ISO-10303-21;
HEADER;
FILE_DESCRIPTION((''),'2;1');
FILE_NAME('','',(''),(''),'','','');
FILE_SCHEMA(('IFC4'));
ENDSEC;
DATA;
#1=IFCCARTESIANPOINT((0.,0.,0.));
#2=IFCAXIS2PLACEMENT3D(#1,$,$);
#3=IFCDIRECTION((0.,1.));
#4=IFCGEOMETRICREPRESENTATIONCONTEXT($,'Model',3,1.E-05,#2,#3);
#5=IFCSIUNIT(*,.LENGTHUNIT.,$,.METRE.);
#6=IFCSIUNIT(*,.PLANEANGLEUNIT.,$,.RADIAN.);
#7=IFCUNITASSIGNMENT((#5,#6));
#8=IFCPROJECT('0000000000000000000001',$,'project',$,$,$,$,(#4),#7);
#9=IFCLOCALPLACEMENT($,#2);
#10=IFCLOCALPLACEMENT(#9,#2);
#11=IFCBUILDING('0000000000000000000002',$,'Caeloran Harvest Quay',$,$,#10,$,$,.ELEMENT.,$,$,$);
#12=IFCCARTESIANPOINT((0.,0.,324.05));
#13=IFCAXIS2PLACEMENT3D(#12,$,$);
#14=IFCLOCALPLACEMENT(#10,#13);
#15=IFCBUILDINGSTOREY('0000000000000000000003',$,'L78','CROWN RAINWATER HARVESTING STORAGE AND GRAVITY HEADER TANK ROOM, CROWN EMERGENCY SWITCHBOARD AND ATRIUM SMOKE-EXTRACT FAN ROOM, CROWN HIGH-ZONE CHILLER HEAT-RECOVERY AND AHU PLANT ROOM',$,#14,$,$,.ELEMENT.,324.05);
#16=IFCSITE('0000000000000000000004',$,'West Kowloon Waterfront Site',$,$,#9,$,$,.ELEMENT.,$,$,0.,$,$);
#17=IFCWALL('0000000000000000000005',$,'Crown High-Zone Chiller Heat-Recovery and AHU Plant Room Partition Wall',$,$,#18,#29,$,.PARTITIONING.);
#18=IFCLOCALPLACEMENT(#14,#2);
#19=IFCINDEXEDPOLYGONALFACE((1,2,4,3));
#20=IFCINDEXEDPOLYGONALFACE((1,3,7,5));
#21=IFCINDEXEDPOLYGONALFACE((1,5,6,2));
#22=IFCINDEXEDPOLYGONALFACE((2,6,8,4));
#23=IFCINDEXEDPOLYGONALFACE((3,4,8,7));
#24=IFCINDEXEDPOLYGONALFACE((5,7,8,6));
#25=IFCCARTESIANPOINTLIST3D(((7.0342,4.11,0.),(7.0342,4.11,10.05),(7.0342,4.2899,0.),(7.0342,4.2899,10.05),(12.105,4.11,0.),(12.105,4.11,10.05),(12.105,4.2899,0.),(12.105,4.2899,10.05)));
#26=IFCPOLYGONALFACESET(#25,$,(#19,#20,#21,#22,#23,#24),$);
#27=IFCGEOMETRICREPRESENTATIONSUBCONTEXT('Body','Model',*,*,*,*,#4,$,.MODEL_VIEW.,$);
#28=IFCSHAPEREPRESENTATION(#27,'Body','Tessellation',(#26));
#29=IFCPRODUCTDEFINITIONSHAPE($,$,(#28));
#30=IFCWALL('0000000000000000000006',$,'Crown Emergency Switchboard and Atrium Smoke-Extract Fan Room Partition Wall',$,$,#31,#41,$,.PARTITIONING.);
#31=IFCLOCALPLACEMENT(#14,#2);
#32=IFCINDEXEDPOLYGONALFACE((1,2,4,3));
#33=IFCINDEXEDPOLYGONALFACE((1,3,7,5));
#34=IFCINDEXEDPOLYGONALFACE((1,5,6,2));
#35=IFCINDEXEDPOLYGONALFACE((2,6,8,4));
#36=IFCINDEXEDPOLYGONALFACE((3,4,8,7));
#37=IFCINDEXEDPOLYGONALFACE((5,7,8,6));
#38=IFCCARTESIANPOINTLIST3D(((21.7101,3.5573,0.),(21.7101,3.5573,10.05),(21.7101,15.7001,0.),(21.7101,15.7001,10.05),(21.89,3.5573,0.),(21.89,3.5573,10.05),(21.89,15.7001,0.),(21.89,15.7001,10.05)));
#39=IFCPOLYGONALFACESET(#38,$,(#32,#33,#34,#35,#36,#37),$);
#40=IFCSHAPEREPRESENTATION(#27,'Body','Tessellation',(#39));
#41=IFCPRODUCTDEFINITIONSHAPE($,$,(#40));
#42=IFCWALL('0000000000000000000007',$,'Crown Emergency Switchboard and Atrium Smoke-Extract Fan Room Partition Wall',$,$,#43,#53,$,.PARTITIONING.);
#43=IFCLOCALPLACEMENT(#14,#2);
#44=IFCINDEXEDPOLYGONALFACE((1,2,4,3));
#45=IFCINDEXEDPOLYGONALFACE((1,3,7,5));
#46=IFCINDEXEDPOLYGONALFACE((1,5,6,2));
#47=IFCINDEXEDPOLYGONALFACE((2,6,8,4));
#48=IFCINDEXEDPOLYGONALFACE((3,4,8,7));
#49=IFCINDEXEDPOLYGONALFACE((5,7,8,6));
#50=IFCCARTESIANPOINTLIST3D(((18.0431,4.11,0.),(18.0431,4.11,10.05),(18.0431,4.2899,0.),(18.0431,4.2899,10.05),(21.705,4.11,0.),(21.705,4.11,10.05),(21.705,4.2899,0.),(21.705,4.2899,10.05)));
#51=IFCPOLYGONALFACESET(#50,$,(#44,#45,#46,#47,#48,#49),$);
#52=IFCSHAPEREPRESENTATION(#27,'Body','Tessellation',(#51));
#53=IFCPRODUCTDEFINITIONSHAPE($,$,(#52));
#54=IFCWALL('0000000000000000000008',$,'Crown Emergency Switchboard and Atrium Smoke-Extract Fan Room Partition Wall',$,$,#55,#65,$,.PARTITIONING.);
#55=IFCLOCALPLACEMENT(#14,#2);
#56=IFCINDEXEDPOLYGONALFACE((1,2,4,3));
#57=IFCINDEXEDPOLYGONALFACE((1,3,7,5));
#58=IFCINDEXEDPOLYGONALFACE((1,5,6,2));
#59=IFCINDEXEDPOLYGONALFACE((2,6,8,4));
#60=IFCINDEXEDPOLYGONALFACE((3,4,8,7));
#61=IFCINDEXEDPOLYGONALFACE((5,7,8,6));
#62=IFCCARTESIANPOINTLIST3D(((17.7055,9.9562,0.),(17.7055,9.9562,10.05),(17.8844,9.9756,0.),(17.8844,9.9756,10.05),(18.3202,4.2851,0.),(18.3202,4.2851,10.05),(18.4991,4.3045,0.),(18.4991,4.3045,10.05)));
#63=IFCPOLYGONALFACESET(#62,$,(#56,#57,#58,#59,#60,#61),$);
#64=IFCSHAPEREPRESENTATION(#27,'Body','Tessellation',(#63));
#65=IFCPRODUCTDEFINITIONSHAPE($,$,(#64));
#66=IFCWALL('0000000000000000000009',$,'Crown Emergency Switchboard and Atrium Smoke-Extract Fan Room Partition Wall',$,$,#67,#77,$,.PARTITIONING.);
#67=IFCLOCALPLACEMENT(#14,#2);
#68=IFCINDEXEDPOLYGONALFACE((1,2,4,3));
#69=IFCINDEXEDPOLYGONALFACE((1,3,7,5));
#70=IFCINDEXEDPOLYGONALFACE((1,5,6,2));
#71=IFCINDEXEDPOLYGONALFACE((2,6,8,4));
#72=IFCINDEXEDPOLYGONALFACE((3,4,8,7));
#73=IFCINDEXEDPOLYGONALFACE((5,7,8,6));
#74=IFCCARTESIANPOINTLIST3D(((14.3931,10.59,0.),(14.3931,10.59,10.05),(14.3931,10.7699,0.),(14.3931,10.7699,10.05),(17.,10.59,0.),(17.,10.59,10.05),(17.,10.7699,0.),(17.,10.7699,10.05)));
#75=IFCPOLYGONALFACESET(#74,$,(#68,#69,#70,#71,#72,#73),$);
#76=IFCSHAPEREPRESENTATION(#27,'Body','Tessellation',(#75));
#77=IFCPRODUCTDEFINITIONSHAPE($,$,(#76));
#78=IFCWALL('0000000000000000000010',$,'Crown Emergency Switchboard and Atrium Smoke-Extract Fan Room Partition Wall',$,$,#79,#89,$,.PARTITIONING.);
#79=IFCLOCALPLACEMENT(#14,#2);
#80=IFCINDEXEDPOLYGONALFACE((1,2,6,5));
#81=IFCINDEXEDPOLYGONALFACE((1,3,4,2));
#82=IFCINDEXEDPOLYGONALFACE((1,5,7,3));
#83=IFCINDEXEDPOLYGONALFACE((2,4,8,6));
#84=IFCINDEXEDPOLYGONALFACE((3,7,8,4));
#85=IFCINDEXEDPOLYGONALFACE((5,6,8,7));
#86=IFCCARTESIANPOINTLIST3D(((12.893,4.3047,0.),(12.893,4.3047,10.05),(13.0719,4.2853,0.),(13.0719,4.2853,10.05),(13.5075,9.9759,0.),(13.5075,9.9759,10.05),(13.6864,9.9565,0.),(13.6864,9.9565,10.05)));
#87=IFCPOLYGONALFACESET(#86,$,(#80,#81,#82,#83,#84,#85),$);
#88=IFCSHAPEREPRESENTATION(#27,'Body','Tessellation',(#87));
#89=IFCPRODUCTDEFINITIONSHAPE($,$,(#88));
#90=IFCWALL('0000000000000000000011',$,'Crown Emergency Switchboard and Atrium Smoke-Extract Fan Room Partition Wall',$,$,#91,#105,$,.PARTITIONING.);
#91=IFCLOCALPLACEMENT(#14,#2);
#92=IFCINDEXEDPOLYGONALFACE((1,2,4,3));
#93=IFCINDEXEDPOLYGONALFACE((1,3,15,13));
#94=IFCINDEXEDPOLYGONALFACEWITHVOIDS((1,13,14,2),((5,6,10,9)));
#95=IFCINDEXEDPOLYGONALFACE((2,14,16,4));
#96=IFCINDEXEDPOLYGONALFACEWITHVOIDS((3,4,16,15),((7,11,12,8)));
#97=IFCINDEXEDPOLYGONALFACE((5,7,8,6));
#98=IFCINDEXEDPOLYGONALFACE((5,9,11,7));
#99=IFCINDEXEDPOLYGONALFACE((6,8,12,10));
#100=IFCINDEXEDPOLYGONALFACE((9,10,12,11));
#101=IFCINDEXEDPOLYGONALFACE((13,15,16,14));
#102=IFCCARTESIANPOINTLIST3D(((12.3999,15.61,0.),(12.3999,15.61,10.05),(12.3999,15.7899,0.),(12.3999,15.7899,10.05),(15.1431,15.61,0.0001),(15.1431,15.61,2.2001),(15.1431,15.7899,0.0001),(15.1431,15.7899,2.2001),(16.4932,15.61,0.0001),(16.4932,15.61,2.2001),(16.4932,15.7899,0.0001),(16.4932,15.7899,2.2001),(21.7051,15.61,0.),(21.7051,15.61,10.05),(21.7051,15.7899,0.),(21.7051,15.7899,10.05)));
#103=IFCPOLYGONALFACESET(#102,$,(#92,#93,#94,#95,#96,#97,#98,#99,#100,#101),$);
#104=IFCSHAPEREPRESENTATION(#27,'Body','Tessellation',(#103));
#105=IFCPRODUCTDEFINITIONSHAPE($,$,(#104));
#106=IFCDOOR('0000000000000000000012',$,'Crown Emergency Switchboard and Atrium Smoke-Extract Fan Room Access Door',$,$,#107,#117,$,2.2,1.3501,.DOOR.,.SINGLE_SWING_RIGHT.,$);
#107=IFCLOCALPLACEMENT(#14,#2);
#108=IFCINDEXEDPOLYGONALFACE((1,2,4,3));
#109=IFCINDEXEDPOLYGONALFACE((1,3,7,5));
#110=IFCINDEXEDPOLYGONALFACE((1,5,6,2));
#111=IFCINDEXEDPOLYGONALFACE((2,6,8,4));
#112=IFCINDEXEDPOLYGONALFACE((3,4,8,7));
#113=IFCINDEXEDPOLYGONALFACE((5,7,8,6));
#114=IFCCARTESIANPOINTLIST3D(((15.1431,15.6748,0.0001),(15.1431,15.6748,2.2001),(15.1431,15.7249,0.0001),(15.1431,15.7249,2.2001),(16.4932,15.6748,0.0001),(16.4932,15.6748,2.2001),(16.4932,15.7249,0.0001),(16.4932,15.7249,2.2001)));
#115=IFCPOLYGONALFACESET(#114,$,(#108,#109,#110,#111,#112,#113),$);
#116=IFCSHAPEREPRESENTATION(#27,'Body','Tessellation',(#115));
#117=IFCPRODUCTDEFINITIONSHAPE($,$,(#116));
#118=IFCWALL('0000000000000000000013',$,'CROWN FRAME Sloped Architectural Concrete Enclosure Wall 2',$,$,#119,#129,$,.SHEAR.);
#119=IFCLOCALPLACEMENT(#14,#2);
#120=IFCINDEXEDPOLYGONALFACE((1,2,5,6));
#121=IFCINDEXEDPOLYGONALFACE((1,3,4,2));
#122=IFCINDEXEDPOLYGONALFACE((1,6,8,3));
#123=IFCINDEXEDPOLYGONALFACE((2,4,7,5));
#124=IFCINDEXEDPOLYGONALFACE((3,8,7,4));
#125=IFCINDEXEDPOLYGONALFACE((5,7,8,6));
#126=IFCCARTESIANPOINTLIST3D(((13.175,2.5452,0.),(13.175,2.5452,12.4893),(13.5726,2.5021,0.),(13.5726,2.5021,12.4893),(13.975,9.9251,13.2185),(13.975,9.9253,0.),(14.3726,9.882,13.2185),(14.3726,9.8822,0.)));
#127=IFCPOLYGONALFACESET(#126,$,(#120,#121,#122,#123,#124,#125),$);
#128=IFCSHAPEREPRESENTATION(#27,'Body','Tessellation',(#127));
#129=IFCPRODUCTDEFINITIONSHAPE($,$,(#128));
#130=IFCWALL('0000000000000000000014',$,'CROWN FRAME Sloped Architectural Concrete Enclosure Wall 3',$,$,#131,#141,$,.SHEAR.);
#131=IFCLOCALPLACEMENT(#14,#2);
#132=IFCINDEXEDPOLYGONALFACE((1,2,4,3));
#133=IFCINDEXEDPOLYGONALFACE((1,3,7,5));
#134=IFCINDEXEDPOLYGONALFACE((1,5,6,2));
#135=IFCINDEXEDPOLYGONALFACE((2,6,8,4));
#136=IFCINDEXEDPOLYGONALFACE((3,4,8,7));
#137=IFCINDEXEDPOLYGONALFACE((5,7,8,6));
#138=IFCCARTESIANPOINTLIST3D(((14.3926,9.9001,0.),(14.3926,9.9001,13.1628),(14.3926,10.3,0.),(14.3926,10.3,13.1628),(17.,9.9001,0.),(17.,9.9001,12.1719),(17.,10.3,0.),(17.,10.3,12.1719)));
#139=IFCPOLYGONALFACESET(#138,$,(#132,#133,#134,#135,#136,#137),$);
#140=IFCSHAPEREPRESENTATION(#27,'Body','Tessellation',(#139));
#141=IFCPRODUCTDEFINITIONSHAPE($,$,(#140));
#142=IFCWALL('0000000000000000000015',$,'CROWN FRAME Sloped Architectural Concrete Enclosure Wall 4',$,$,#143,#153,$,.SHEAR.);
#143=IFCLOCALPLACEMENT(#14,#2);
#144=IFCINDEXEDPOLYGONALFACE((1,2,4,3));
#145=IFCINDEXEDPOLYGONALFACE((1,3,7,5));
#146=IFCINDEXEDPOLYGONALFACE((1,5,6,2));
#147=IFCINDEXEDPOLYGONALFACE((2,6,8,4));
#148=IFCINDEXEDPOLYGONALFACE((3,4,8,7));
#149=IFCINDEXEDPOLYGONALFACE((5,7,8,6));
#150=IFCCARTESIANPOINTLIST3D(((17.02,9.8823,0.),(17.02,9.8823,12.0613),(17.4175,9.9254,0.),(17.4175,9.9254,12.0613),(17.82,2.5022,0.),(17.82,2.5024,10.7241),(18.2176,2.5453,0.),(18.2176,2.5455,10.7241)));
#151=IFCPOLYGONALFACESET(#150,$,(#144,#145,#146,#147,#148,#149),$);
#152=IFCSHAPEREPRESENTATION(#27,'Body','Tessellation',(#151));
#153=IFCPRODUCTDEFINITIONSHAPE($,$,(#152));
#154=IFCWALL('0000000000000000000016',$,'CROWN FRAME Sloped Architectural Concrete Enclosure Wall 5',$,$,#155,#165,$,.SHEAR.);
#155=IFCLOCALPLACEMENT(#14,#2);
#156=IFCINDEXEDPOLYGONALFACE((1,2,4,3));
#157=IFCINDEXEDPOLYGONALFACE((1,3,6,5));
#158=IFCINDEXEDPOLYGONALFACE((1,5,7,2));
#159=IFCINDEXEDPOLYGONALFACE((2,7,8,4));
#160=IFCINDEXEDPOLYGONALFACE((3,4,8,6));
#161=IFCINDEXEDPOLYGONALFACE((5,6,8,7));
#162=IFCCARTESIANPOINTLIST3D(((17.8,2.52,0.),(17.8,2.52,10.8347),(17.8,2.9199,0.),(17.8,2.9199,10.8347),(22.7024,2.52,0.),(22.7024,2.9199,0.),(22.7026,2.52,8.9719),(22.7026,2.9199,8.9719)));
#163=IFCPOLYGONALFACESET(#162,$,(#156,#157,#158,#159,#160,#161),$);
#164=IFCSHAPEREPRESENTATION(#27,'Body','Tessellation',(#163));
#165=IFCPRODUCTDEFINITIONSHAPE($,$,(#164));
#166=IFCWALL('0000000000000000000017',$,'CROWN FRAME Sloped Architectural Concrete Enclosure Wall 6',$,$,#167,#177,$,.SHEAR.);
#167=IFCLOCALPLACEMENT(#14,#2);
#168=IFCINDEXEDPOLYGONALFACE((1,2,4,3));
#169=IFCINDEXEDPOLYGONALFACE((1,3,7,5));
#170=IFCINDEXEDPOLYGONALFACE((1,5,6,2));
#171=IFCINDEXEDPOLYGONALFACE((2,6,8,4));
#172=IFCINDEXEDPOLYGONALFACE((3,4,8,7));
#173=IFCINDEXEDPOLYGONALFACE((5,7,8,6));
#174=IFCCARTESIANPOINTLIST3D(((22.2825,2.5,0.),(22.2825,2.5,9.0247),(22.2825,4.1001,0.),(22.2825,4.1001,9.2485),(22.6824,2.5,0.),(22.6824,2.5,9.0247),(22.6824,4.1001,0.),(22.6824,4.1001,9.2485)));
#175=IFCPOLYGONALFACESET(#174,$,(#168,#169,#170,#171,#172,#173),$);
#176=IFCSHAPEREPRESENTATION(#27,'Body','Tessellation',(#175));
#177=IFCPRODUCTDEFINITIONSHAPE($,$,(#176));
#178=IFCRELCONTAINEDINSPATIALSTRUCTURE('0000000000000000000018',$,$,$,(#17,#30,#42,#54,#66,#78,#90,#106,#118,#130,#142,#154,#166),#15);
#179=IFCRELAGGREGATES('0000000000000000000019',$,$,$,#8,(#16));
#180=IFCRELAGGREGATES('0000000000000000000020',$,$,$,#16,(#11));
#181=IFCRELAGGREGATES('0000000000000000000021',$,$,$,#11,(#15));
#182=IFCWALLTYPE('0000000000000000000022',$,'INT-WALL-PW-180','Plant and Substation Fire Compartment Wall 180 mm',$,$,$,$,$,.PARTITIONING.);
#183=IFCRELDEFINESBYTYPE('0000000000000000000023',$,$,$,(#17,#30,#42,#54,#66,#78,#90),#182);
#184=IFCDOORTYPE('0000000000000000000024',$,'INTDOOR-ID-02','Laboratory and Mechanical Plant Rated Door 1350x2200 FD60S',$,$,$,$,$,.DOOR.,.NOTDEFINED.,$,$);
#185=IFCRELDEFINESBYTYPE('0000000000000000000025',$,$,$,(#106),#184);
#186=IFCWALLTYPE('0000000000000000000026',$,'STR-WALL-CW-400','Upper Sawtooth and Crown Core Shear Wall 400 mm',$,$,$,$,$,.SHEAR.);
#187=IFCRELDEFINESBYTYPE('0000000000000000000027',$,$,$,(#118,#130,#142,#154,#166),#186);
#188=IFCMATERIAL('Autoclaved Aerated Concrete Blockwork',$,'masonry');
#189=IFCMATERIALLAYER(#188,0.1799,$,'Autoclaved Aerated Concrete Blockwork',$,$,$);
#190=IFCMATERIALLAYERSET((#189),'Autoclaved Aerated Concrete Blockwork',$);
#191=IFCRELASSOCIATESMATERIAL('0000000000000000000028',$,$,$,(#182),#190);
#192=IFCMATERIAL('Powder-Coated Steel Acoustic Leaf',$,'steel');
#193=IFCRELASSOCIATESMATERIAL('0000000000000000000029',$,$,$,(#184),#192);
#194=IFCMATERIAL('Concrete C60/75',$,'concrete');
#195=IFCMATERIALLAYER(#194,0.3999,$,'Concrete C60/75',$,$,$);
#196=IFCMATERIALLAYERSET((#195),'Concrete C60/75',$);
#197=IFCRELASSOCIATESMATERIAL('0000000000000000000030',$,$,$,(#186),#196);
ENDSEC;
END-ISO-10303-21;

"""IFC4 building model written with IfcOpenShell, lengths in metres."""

from ifc_helpers import new_model, si_unit, direction, frame, frame_2d, origin, place, context, subcontext, project, spatial, polyline, rectangle, outline, extrude, material, layer, layer_set, type_object, element, fill, save


model = new_model("IFC4")

# Units and contexts
model_context = context("Model", 3, precision=1e-05, world=origin(), true_north=direction((0.0, 1.0)))
body_context = subcontext(model_context, "Body", "Model", "MODEL_VIEW")
ifc_project = project(units=[si_unit("LENGTHUNIT", "METRE"), si_unit("PLANEANGLEUNIT", "RADIAN")], contexts=[model_context])

# Site, building, storey
site_placement = place(None, origin())
site = spatial("IfcSite", under=ifc_project, at=site_placement, Name="West Kowloon Waterfront Site", CompositionType="ELEMENT", RefElevation=0.0)
building_placement = place(site_placement, origin())
building = spatial("IfcBuilding", under=site, at=building_placement, Name="Caeloran Harvest Quay", CompositionType="ELEMENT")
storey_placement = place(building_placement, frame((0.0, 0.0, 324.05)))
storey = spatial("IfcBuildingStorey", under=building, at=storey_placement, Name="L78", Description="CROWN RAINWATER HARVESTING STORAGE AND GRAVITY HEADER TANK ROOM, CROWN EMERGENCY SWITCHBOARD AND ATRIUM SMOKE-EXTRACT FAN ROOM, CROWN HIGH-ZONE CHILLER HEAT-RECOVERY AND AHU PLANT ROOM", CompositionType="ELEMENT", Elevation=324.05)

# Shared definitions
ifc_material_1 = material(Name="Concrete C60/75", Category="concrete")

# Walls
ifc_material_2 = material(Name="Autoclaved Aerated Concrete Blockwork", Category="masonry")
ifc_layer_1 = layer(ifc_material_2, 0.1799, Name="Autoclaved Aerated Concrete Blockwork")
ifc_layer_set_1 = layer_set([ifc_layer_1], Name="Autoclaved Aerated Concrete Blockwork")
wall_type_1 = type_object("IfcWallType", Name="INT-WALL-PW-180", Description="Plant and Substation Fire Compartment Wall 180 mm", PredefinedType="PARTITIONING", material=ifc_layer_set_1)
wall_1_placement = place(storey_placement, frame((12.105, 4.2, 0.0), z_axis=(0.0, 0.0, 1.0), x_axis=(-1.0, 0.0, 0.0)))
element("IfcWall", 1, at=wall_1_placement, inside=storey, type_object=wall_type_1, Name="Crown High-Zone Chiller Heat-Recovery and AHU Plant Room Partition Wall", PredefinedType="PARTITIONING", context=body_context, shape_type="SweptSolid", body=[
    extrude(rectangle(XDim=5.0708, YDim=0.1799, at=frame_2d((2.5354, 0.0))), origin(), (0.0, 0.0, 1.0), 10.05),
])
wall_2_placement = place(storey_placement, frame((21.8, 15.7, 0.0), z_axis=(0.0, 0.0, 1.0), x_axis=(0.0, -1.0, 0.0)))
element("IfcWall", 2, at=wall_2_placement, inside=storey, type_object=wall_type_1, Name="Crown Emergency Switchboard and Atrium Smoke-Extract Fan Room Partition Wall", PredefinedType="PARTITIONING", context=body_context, shape_type="SweptSolid", body=[
    extrude(rectangle(XDim=12.1428, YDim=0.1799, at=frame_2d((6.0713, 0.0))), origin(), (0.0, 0.0, 1.0), 10.05),
])
wall_3_placement = place(storey_placement, frame((21.7051, 4.2, 0.0), z_axis=(0.0, 0.0, 1.0), x_axis=(-1.0, 0.0, 0.0)))
element("IfcWall", 3, at=wall_3_placement, inside=storey, type_object=wall_type_1, Name="Crown Emergency Switchboard and Atrium Smoke-Extract Fan Room Partition Wall", PredefinedType="PARTITIONING", context=body_context, shape_type="SweptSolid", body=[
    extrude(rectangle(XDim=3.6619, YDim=0.1799, at=frame_2d((1.8311, 0.0))), origin(), (0.0, 0.0, 1.0), 10.05),
])
wall_4_placement = place(storey_placement, frame((18.4097, 4.2949, 0.0), z_axis=(0.0, 0.0, 1.0), x_axis=(-0.107768, 0.994176, 0.0)))
element("IfcWall", 4, at=wall_4_placement, inside=storey, type_object=wall_type_1, Name="Crown Emergency Switchboard and Atrium Smoke-Extract Fan Room Partition Wall", PredefinedType="PARTITIONING", context=body_context, shape_type="SweptSolid", body=[
    extrude(rectangle(XDim=5.7043, YDim=0.1799, at=frame_2d((2.8521, 0.0))), origin(), (0.0, 0.0, 1.0), 10.05),
])
wall_5_placement = place(storey_placement, frame((17.0, 10.6799, 0.0), z_axis=(0.0, 0.0, 1.0), x_axis=(-1.0, 0.0, 0.0)))
element("IfcWall", 5, at=wall_5_placement, inside=storey, type_object=wall_type_1, Name="Crown Emergency Switchboard and Atrium Smoke-Extract Fan Room Partition Wall", PredefinedType="PARTITIONING", context=body_context, shape_type="SweptSolid", body=[
    extrude(rectangle(XDim=2.6069, YDim=0.1799, at=frame_2d((1.3035, 0.0))), origin(), (0.0, 0.0, 1.0), 10.05),
])
wall_6_placement = place(storey_placement, frame((13.5969, 9.9661, 0.0), z_axis=(0.0, 0.0, 1.0), x_axis=(-0.107725, -0.994181, 0.0)))
element("IfcWall", 6, at=wall_6_placement, inside=storey, type_object=wall_type_1, Name="Crown Emergency Switchboard and Atrium Smoke-Extract Fan Room Partition Wall", PredefinedType="PARTITIONING", context=body_context, shape_type="SweptSolid", body=[
    extrude(rectangle(XDim=5.7043, YDim=0.1799, at=frame_2d((2.8521, 0.0))), origin(), (0.0, 0.0, 1.0), 10.05),
])

# Wall, opening, door
wall_7_placement = place(storey_placement, frame((12.3999, 15.7, 0.0), z_axis=(0.0, 0.0, 1.0), x_axis=(1.0, 0.0, 0.0)))
wall_7 = element("IfcWall", 7, at=wall_7_placement, inside=storey, type_object=wall_type_1, Name="Crown Emergency Switchboard and Atrium Smoke-Extract Fan Room Partition Wall", PredefinedType="PARTITIONING", context=body_context, shape_type="SweptSolid", body=[
    extrude(rectangle(XDim=9.3052, YDim=0.1799, at=frame_2d((4.6526, 0.0))), origin(), (0.0, 0.0, 1.0), 10.05),
])
opening_placement = place(wall_7_placement, frame((2.7432, 0.0, 0.0)))
opening = element("IfcOpeningElement", 8, at=opening_placement, cuts=wall_7, PredefinedType="OPENING", context=body_context, shape_type="SweptSolid", body=[
    extrude(rectangle(XDim=1.3501, YDim=2.2, at=frame_2d((0.675, 1.1001))), frame((0.0, 0.1001, 0.0), z_axis=(0.0, -1.0, 0.0), x_axis=(1.0, 0.0, 0.0)), (0.0, 0.0, 1.0), 0.2),
])
ifc_material_3 = material(Name="Powder-Coated Steel Acoustic Leaf", Category="steel")
door_type = type_object("IfcDoorType", Name="INTDOOR-ID-02", Description="Laboratory and Mechanical Plant Rated Door 1350x2200 FD60S", OperationType="NOTDEFINED", PredefinedType="DOOR", material=ifc_material_3)
door_placement = place(opening_placement, origin())
door = element("IfcDoor", 9, at=door_placement, inside=storey, type_object=door_type, Name="Crown Emergency Switchboard and Atrium Smoke-Extract Fan Room Access Door", OperationType="SINGLE_SWING_RIGHT", OverallHeight=2.2, OverallWidth=1.3501, PredefinedType="DOOR", context=body_context, shape_type="SweptSolid", body=[
    extrude(rectangle(XDim=1.3501, YDim=2.2, at=frame_2d((0.675, 1.1001))), frame((0.0, 0.0249, 0.0), z_axis=(0.0, -1.0, 0.0), x_axis=(1.0, 0.0, 0.0)), (0.0, 0.0, 1.0), 0.05),
])
fill(opening, door)

# Walls
ifc_layer_2 = layer(ifc_material_1, 0.3999, Name="Concrete C60/75")
ifc_layer_set_2 = layer_set([ifc_layer_2], Name="Concrete C60/75")
wall_type_2 = type_object("IfcWallType", Name="STR-WALL-CW-400", Description="Upper Sawtooth and Crown Core Shear Wall 400 mm", PredefinedType="SHEAR", material=ifc_layer_set_2)
wall_8_placement = place(storey_placement, frame((13.3738, 2.5237, 0.0), z_axis=(0.0, 0.0, 1.0), x_axis=(0.107774, 0.994175, 0.0)))
element("IfcWall", 10, at=wall_8_placement, inside=storey, type_object=wall_type_2, Name="CROWN FRAME Sloped Architectural Concrete Enclosure Wall 2", PredefinedType="SHEAR", context=body_context, shape_type="SweptSolid", body=[
    extrude(outline(polyline([(0.0, 0.0), (7.4233, 0.0), (7.4231, 13.2185), (0.0, 12.4893), (0.0, 0.0)])), frame((0.0, 0.2, 0.0), z_axis=(0.0, -1.0, 0.0), x_axis=(1.0, 0.0, 0.0)), (0.0, 0.0, 1.0), 0.3999),
])
wall_9_placement = place(storey_placement, frame((14.3926, 10.1001, 0.0), z_axis=(0.0, 0.0, 1.0), x_axis=(1.0, 0.0, 0.0)))
element("IfcWall", 11, at=wall_9_placement, inside=storey, type_object=wall_type_2, Name="CROWN FRAME Sloped Architectural Concrete Enclosure Wall 3", PredefinedType="SHEAR", context=body_context, shape_type="SweptSolid", body=[
    extrude(outline(polyline([(0.0, 0.0), (2.6074, 0.0), (2.6074, 12.1719), (0.0, 13.1628), (0.0, 0.0)])), frame((0.0, 0.2, 0.0), z_axis=(0.0, -1.0, 0.0), x_axis=(1.0, 0.0, 0.0)), (0.0, 0.0, 1.0), 0.3999),
])
wall_10_placement = place(storey_placement, frame((17.2188, 9.9038, 0.0), z_axis=(0.0, 0.0, 1.0), x_axis=(0.107774, -0.994175, 0.0)))
element("IfcWall", 12, at=wall_10_placement, inside=storey, type_object=wall_type_2, Name="CROWN FRAME Sloped Architectural Concrete Enclosure Wall 4", PredefinedType="SHEAR", context=body_context, shape_type="SweptSolid", body=[
    extrude(outline(polyline([(0.0, 0.0), (7.4233, 0.0), (7.4231, 10.7241), (0.0, 12.0613), (0.0, 0.0)])), frame((0.0, 0.2, 0.0), z_axis=(0.0, -1.0, 0.0), x_axis=(1.0, 0.0, 0.0)), (0.0, 0.0, 1.0), 0.3999),
])
wall_11_placement = place(storey_placement, frame((17.8, 2.72, 0.0), z_axis=(0.0, 0.0, 1.0), x_axis=(1.0, 0.0, 0.0)))
element("IfcWall", 13, at=wall_11_placement, inside=storey, type_object=wall_type_2, Name="CROWN FRAME Sloped Architectural Concrete Enclosure Wall 5", PredefinedType="SHEAR", context=body_context, shape_type="SweptSolid", body=[
    extrude(outline(polyline([(0.0, 0.0), (4.9023, 0.0), (4.9026, 8.9719), (0.0, 10.8347), (0.0, 0.0)])), frame((0.0, 0.2, 0.0), z_axis=(0.0, -1.0, 0.0), x_axis=(1.0, 0.0, 0.0)), (0.0, 0.0, 1.0), 0.3999),
])
wall_12_placement = place(storey_placement, frame((22.4824, 2.5, 0.0), z_axis=(0.0, 0.0, 1.0), x_axis=(0.0, 1.0, 0.0)))
element("IfcWall", 14, at=wall_12_placement, inside=storey, type_object=wall_type_2, Name="CROWN FRAME Sloped Architectural Concrete Enclosure Wall 6", PredefinedType="SHEAR", context=body_context, shape_type="SweptSolid", body=[
    extrude(outline(polyline([(0.0, 0.0), (1.6001, 0.0), (1.6001, 9.2485), (0.0, 9.0247), (0.0, 0.0)])), frame((0.0, 0.2, 0.0), z_axis=(0.0, -1.0, 0.0), x_axis=(1.0, 0.0, 0.0)), (0.0, 0.0, 1.0), 0.3999),
])

save(model, "model.ifc")
